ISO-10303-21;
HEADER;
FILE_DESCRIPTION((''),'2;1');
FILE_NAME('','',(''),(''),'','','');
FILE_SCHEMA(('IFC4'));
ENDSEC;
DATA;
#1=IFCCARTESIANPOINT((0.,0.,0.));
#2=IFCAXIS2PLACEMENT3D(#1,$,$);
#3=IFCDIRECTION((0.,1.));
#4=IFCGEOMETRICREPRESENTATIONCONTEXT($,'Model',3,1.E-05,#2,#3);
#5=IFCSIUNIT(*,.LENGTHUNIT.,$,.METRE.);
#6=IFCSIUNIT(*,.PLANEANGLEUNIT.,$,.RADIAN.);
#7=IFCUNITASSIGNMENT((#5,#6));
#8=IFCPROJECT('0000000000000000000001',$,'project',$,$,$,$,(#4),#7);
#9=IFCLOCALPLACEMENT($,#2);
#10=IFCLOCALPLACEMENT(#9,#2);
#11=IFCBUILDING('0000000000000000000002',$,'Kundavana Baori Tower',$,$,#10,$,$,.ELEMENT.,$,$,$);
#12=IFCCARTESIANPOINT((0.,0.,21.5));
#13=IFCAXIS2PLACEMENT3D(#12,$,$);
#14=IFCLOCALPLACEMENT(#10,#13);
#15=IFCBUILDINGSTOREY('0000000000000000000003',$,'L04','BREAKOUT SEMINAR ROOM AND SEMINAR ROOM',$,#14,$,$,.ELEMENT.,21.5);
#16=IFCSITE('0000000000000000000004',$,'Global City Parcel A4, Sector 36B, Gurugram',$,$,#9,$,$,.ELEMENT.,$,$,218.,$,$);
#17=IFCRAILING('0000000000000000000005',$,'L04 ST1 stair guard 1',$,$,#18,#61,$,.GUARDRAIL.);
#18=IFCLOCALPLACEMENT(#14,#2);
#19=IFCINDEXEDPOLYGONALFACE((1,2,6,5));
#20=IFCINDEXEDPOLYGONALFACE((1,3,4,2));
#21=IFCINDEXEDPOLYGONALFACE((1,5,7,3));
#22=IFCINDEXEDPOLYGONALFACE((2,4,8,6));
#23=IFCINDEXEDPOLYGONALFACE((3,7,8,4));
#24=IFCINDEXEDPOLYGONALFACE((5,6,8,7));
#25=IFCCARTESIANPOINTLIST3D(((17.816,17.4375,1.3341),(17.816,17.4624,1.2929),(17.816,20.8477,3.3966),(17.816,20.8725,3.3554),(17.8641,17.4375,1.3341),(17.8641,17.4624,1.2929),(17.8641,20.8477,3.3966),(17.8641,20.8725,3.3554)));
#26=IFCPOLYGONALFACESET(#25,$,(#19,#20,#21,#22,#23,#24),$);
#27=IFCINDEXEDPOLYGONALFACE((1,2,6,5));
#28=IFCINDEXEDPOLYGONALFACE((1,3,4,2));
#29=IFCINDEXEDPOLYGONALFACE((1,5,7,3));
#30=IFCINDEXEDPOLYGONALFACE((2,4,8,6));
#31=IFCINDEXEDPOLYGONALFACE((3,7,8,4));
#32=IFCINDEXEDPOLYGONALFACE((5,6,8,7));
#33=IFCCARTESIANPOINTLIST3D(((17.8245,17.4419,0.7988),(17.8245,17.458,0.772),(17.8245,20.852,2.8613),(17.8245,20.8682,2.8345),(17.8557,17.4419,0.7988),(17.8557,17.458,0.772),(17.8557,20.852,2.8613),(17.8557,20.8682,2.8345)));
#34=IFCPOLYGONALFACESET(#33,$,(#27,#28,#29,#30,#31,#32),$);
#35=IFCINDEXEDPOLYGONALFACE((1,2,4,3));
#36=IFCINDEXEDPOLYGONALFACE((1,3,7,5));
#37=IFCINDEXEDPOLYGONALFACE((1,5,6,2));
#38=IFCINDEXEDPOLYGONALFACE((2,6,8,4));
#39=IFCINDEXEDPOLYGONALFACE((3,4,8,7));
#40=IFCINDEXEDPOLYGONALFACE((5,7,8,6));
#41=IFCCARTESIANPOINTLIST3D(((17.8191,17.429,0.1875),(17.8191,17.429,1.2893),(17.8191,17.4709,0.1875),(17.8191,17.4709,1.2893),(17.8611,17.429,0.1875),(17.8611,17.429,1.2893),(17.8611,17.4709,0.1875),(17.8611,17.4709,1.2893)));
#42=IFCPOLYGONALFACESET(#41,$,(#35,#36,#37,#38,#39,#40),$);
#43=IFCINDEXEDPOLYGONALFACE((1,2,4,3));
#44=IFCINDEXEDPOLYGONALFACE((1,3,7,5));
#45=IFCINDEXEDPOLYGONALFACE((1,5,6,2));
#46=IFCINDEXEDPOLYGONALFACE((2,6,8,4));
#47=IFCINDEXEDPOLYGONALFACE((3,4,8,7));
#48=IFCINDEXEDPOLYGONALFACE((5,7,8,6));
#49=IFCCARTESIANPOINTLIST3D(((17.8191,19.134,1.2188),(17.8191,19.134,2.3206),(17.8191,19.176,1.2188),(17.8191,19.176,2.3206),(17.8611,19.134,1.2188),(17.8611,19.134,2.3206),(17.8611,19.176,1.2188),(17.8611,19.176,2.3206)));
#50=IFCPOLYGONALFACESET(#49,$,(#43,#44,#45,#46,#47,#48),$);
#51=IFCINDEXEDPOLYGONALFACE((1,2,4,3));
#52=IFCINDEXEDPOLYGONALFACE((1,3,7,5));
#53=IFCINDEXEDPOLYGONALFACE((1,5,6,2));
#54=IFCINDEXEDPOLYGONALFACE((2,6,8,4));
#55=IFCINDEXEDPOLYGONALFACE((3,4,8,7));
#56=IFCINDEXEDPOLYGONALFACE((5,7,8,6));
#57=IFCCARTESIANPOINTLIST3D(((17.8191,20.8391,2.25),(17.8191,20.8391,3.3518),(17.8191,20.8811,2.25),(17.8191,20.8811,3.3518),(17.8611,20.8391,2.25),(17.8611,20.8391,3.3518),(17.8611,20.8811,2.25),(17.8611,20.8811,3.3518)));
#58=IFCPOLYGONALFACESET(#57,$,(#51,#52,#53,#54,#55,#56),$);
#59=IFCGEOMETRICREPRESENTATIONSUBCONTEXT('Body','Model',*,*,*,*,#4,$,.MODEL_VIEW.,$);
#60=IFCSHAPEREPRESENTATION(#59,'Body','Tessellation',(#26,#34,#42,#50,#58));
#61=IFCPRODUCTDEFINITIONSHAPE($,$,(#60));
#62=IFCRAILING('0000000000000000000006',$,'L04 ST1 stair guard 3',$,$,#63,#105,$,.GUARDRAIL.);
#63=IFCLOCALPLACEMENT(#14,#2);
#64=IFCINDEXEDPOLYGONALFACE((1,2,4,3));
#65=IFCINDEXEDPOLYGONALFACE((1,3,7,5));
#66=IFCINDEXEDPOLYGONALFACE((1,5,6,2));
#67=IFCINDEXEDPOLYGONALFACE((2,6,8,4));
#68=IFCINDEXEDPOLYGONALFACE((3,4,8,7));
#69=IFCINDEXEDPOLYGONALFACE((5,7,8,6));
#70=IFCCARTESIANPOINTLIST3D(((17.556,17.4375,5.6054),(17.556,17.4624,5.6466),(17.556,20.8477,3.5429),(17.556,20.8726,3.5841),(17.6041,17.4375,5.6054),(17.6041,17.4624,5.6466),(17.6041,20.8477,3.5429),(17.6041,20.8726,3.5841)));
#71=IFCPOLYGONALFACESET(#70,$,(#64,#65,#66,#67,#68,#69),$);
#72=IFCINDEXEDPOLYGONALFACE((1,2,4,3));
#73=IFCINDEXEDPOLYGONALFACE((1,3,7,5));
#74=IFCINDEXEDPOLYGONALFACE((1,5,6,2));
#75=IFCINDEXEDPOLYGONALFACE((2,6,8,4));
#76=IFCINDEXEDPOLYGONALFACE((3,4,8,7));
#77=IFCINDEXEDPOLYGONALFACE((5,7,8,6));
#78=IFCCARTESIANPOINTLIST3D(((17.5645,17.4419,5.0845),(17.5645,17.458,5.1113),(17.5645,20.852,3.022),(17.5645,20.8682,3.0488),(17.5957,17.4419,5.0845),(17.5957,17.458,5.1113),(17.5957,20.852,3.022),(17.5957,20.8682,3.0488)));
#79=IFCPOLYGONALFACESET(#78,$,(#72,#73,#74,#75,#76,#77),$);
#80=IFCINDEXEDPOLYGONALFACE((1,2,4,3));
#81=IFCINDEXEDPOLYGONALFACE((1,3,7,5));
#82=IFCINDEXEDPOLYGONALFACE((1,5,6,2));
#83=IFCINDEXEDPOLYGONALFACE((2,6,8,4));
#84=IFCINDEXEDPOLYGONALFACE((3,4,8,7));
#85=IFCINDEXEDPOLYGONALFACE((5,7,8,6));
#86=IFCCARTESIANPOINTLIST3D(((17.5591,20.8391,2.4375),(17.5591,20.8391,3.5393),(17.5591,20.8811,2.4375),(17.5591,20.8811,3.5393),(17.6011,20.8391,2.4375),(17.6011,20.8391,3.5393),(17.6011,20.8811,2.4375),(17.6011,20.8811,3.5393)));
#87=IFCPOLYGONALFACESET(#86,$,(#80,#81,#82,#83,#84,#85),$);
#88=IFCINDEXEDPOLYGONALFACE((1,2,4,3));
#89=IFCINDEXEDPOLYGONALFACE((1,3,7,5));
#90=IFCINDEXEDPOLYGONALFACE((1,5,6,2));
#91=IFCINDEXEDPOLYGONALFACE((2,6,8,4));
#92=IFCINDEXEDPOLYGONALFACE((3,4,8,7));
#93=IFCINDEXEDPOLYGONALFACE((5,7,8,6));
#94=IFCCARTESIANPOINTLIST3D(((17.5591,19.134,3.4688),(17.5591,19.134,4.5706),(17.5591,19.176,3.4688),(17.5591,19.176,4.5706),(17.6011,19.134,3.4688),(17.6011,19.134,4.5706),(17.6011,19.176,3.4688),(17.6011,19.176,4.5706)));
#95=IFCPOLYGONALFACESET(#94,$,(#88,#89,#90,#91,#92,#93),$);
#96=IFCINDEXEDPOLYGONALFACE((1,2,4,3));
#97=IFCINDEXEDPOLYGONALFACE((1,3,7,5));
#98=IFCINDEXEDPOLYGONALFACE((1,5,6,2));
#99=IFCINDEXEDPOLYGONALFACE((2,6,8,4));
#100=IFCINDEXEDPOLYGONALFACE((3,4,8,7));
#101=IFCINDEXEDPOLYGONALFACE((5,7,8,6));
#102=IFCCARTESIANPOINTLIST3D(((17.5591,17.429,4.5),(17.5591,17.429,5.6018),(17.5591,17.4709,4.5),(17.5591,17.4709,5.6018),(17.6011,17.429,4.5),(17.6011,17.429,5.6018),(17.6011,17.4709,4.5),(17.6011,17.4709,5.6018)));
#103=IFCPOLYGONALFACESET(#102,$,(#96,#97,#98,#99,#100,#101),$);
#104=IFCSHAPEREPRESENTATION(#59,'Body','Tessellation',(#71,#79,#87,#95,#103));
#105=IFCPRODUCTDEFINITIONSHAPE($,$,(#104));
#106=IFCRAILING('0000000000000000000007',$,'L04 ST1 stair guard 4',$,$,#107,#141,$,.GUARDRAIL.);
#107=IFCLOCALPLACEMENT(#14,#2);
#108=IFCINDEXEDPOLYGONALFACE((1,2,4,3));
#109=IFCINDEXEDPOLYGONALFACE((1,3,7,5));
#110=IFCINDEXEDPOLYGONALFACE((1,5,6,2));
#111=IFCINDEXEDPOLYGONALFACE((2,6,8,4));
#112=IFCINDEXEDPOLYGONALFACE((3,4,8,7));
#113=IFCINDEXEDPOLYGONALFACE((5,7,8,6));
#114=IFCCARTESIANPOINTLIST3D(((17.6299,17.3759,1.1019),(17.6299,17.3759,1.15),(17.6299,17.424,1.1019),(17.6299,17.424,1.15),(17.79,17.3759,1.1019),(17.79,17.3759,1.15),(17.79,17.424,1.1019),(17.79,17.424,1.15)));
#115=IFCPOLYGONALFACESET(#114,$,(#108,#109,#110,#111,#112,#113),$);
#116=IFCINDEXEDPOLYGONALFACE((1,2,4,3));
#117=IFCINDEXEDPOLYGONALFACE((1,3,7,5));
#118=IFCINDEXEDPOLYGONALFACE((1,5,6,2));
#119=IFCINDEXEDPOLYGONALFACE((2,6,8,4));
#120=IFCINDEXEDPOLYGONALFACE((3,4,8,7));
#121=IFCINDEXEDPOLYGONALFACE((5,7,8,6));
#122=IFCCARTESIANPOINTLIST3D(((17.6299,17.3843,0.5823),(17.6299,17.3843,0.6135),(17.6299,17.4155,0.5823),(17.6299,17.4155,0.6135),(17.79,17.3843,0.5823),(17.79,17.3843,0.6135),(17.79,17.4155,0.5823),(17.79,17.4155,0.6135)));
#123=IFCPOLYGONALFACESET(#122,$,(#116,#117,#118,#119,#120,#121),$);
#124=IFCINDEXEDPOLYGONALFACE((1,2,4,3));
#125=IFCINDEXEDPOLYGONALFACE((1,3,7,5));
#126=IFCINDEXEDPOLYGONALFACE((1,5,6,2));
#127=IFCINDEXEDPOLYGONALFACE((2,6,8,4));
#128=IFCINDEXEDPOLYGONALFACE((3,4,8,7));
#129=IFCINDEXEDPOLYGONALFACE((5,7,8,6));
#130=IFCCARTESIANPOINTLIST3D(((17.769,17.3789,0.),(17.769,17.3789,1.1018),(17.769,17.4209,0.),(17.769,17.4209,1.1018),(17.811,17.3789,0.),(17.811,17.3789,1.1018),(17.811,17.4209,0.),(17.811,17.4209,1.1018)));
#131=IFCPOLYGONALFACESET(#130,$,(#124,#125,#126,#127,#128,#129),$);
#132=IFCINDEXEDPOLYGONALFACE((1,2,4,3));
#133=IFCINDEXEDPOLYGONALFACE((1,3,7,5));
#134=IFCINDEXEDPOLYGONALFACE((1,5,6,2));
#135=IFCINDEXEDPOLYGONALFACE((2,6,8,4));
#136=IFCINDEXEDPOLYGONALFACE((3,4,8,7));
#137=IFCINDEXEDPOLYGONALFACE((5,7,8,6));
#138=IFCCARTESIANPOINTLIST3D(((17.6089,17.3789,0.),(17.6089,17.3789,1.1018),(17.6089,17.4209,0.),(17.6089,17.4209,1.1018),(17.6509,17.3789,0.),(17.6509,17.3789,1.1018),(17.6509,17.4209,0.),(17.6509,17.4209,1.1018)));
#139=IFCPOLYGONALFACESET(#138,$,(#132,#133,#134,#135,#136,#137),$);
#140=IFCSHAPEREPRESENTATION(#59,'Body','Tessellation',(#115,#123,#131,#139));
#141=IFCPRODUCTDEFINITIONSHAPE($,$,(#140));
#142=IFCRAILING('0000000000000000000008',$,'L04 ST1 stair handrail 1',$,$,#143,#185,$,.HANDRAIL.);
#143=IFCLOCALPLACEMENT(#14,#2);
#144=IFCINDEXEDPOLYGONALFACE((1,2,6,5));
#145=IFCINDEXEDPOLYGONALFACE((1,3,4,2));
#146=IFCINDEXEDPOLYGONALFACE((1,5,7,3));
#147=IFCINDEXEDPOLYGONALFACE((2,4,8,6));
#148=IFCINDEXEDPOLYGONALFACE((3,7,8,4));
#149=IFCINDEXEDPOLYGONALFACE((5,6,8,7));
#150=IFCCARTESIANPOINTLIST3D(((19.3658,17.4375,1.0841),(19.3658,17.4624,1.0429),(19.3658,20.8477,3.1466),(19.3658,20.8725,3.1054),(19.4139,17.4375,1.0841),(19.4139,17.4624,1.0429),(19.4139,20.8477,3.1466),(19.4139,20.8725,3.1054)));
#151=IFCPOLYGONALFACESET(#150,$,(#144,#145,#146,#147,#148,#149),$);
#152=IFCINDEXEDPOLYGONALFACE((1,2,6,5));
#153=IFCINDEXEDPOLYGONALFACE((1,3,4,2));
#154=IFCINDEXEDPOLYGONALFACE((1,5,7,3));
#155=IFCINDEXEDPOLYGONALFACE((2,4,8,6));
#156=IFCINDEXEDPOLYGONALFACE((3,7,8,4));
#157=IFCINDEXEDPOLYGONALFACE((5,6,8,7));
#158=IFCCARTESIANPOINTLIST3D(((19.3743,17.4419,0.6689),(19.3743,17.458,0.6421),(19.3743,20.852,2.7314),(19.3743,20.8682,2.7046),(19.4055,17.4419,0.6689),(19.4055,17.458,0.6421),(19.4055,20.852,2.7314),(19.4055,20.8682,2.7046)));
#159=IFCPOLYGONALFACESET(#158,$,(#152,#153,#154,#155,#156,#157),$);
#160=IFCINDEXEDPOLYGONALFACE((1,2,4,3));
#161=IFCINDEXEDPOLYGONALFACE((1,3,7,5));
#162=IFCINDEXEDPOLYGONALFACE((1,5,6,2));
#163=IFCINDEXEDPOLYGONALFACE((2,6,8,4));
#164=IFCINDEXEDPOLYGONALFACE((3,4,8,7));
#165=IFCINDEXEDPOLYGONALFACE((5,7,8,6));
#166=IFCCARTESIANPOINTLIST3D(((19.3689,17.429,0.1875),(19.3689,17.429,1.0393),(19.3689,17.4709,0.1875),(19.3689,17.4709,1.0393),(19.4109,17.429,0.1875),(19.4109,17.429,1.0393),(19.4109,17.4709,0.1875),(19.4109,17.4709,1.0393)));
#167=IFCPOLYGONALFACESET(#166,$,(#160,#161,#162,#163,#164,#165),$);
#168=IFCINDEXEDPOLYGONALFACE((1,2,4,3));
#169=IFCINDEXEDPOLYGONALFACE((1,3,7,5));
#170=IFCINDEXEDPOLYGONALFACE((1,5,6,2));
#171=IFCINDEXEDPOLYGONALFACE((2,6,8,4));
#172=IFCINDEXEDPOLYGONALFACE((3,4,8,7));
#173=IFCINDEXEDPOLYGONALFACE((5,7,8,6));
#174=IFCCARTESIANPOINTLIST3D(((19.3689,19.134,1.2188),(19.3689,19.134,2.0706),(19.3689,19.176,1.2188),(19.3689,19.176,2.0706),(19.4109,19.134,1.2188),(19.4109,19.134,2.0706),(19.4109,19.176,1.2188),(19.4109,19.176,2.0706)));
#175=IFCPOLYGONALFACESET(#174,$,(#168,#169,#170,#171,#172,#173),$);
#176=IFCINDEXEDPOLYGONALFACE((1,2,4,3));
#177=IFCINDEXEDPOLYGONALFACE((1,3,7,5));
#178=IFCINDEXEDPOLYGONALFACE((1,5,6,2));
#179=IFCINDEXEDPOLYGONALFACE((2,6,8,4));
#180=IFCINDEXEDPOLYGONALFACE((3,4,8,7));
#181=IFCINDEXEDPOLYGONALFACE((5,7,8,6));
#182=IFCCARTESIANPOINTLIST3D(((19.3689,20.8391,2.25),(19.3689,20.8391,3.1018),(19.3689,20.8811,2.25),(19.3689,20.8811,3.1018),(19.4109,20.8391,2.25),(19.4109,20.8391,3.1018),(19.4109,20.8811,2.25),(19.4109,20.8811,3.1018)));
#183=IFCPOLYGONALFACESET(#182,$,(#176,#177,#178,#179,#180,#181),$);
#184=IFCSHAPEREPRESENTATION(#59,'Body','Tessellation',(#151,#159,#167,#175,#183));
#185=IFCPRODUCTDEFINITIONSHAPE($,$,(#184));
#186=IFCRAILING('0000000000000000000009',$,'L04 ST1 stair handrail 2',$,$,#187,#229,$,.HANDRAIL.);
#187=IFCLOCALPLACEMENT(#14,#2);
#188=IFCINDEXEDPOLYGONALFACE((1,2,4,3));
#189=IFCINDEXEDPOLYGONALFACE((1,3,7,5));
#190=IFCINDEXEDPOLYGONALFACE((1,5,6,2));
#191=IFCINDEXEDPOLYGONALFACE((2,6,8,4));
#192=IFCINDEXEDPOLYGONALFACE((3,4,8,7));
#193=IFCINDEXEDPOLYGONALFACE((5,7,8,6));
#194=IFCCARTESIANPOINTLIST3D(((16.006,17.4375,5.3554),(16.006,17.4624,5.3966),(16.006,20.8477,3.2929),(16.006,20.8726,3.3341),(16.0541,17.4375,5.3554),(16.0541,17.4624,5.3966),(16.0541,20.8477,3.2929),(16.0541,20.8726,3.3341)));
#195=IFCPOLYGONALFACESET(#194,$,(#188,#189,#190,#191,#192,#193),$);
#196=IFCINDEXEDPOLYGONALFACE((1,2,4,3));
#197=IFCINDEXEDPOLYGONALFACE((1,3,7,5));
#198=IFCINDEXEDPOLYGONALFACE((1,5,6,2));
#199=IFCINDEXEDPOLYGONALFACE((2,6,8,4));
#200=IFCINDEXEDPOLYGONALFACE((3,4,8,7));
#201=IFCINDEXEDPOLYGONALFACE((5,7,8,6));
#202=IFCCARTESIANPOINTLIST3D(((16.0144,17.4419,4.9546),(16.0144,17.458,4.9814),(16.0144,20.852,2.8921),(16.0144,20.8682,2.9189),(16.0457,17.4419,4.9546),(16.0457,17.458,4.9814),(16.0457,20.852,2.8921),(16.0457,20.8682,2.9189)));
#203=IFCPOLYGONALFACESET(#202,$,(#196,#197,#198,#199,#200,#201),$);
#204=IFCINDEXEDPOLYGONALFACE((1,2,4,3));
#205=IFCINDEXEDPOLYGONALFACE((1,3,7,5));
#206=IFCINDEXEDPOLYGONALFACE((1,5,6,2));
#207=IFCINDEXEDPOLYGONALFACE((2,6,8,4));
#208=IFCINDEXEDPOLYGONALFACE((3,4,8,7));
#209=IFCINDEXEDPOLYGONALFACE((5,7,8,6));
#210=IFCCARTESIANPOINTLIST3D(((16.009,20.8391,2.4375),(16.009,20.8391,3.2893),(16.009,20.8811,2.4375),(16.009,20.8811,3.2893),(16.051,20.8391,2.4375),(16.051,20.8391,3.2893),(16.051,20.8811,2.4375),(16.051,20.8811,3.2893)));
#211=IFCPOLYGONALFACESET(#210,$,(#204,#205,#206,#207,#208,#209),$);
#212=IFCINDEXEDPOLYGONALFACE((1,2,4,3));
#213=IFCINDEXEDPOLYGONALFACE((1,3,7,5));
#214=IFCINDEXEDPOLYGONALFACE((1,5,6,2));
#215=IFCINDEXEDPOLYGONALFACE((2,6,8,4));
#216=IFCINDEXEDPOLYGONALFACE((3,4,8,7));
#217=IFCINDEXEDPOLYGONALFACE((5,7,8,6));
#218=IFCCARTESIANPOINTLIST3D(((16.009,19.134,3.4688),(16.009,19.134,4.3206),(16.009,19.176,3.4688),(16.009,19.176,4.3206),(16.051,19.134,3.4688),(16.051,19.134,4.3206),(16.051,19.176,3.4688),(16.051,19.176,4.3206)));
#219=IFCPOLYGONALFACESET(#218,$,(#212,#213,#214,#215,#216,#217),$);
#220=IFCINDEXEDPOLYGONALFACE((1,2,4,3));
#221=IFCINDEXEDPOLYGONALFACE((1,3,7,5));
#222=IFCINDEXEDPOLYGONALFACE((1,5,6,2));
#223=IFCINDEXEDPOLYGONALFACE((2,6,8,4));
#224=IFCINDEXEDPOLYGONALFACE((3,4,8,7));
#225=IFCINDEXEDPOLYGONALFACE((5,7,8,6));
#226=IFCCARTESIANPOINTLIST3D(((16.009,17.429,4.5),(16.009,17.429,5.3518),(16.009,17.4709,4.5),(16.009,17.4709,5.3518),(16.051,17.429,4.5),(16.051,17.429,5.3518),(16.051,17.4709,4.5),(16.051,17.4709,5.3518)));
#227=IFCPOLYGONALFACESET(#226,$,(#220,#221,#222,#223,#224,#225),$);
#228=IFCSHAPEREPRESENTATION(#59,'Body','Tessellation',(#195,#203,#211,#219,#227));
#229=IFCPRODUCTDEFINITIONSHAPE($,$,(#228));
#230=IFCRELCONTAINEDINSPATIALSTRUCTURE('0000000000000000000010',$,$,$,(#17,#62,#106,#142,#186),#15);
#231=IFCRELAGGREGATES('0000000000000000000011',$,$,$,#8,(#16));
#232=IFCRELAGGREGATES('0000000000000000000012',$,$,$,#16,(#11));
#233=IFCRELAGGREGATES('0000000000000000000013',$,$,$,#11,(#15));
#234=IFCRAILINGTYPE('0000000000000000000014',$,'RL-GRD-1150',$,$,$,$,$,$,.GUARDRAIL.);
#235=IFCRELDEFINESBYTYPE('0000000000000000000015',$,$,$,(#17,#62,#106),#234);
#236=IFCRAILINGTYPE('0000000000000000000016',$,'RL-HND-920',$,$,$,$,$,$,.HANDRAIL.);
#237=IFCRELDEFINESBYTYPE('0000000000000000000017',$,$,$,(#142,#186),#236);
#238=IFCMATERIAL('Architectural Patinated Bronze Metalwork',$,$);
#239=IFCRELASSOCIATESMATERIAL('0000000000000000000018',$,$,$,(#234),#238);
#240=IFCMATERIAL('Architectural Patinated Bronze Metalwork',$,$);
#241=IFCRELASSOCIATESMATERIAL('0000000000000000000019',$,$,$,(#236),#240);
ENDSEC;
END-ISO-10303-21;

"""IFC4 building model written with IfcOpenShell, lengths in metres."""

from ifc_helpers import new_model, si_unit, direction, frame, origin, origin_2d, place, context, subcontext, project, spatial, rectangle, extrude, material, type_object, element, save


model = new_model("IFC4")

# Units and contexts
model_context = context("Model", 3, precision=1e-05, world=origin(), true_north=direction((0.0, 1.0)))
body_context = subcontext(model_context, "Body", "Model", "MODEL_VIEW")
ifc_project = project(units=[si_unit("LENGTHUNIT", "METRE"), si_unit("PLANEANGLEUNIT", "RADIAN")], contexts=[model_context])

# Site, building, storey
site_placement = place(None, origin())
site = spatial("IfcSite", under=ifc_project, at=site_placement, Name="Global City Parcel A4, Sector 36B, Gurugram", CompositionType="ELEMENT", RefElevation=218.0)
building_placement = place(site_placement, origin())
building = spatial("IfcBuilding", under=site, at=building_placement, Name="Kundavana Baori Tower", CompositionType="ELEMENT")
storey_placement = place(building_placement, frame((0.0, 0.0, 21.5)))
storey = spatial("IfcBuildingStorey", under=building, at=storey_placement, Name="L04", Description="BREAKOUT SEMINAR ROOM AND SEMINAR ROOM", CompositionType="ELEMENT", Elevation=21.5)

# Railings
ifc_material_1 = material(Name="Architectural Patinated Bronze Metalwork")
railing_type_1 = type_object("IfcRailingType", Name="RL-GRD-1150", PredefinedType="GUARDRAIL", material=ifc_material_1)
railing_1_placement = place(storey_placement, frame((17.8401, 17.45, 0.1875)))
element("IfcRailing", 1, at=railing_1_placement, inside=storey, type_object=railing_type_1, Name="L04 ST1 stair guard 1", PredefinedType="GUARDRAIL", context=body_context, shape_type="SweptSolid", body=[
    extrude(rectangle(XDim=0.0481, YDim=0.0481, at=origin_2d()), frame((0.0, 0.0, 1.126), z_axis=(0.0, 0.855671, 0.517519), x_axis=(-1.0, 0.0, 0.0)), (0.0, 0.0, 1.0), 3.9854),
    extrude(rectangle(XDim=0.0312, YDim=0.0312, at=origin_2d()), frame((0.0, 0.0, 0.5979), z_axis=(0.0, 0.855671, 0.517519), x_axis=(-1.0, 0.0, 0.0)), (0.0, 0.0, 1.0), 3.9854),
    extrude(rectangle(XDim=0.042, YDim=0.042, at=origin_2d()), origin(), (0.0, 0.0, 1.0), 1.1018),
    extrude(rectangle(XDim=0.042, YDim=0.042, at=origin_2d()), frame((0.0, 1.7051, 1.0312)), (0.0, 0.0, 1.0), 1.1018),
    extrude(rectangle(XDim=0.042, YDim=0.042, at=origin_2d()), frame((0.0, 3.4102, 2.0625)), (0.0, 0.0, 1.0), 1.1018),
])
railing_2_placement = place(storey_placement, frame((17.5801, 20.8601, 2.4375)))
element("IfcRailing", 2, at=railing_2_placement, inside=storey, type_object=railing_type_1, Name="L04 ST1 stair guard 3", PredefinedType="GUARDRAIL", context=body_context, shape_type="SweptSolid", body=[
    extrude(rectangle(XDim=0.0481, YDim=0.0481, at=origin_2d()), frame((0.0, 0.0, 1.126), z_axis=(0.0, -0.855671, 0.517519), x_axis=(1.0, 0.0, 0.0)), (0.0, 0.0, 1.0), 3.9854),
    extrude(rectangle(XDim=0.0312, YDim=0.0312, at=origin_2d()), frame((0.0, 0.0, 0.5979), z_axis=(0.0, -0.855671, 0.517519), x_axis=(1.0, 0.0, 0.0)), (0.0, 0.0, 1.0), 3.9854),
    extrude(rectangle(XDim=0.042, YDim=0.042, at=origin_2d()), origin(), (0.0, 0.0, 1.0), 1.1018),
    extrude(rectangle(XDim=0.042, YDim=0.042, at=origin_2d()), frame((0.0, -1.7051, 1.0312)), (0.0, 0.0, 1.0), 1.1018),
    extrude(rectangle(XDim=0.042, YDim=0.042, at=origin_2d()), frame((0.0, -3.4102, 2.0625)), (0.0, 0.0, 1.0), 1.1018),
])
railing_3_placement = place(storey_placement, frame((17.79, 17.3999, 0.0)))
element("IfcRailing", 3, at=railing_3_placement, inside=storey, type_object=railing_type_1, Name="L04 ST1 stair guard 4", PredefinedType="GUARDRAIL", context=body_context, shape_type="SweptSolid", body=[
    extrude(rectangle(XDim=0.0481, YDim=0.0481, at=origin_2d()), frame((0.0, 0.0, 1.126), z_axis=(-1.0, 0.0, 0.0), x_axis=(0.0, -1.0, 0.0)), (0.0, 0.0, 1.0), 0.1602),
    extrude(rectangle(XDim=0.0312, YDim=0.0312, at=origin_2d()), frame((0.0, 0.0, 0.5979), z_axis=(-1.0, 0.0, 0.0), x_axis=(0.0, -1.0, 0.0)), (0.0, 0.0, 1.0), 0.1602),
    extrude(rectangle(XDim=0.042, YDim=0.042, at=origin_2d()), origin(), (0.0, 0.0, 1.0), 1.1018),
    extrude(rectangle(XDim=0.042, YDim=0.042, at=origin_2d()), frame((-0.1602, 0.0, 0.0)), (0.0, 0.0, 1.0), 1.1018),
])
ifc_material_2 = material(Name="Architectural Patinated Bronze Metalwork")
railing_type_2 = type_object("IfcRailingType", Name="RL-HND-920", PredefinedType="HANDRAIL", material=ifc_material_2)
railing_4_placement = place(storey_placement, frame((19.3899, 17.45, 0.1875)))
element("IfcRailing", 4, at=railing_4_placement, inside=storey, type_object=railing_type_2, Name="L04 ST1 stair handrail 1", PredefinedType="HANDRAIL", context=body_context, shape_type="SweptSolid", body=[
    extrude(rectangle(XDim=0.0481, YDim=0.0481, at=origin_2d()), frame((0.0, 0.0, 0.876), z_axis=(0.0, 0.855671, 0.517519), x_axis=(-1.0, 0.0, 0.0)), (0.0, 0.0, 1.0), 3.9854),
    extrude(rectangle(XDim=0.0312, YDim=0.0312, at=origin_2d()), frame((0.0, 0.0, 0.468), z_axis=(0.0, 0.855671, 0.517519), x_axis=(-1.0, 0.0, 0.0)), (0.0, 0.0, 1.0), 3.9854),
    extrude(rectangle(XDim=0.042, YDim=0.042, at=origin_2d()), origin(), (0.0, 0.0, 1.0), 0.8518),
    extrude(rectangle(XDim=0.042, YDim=0.042, at=origin_2d()), frame((0.0, 1.7051, 1.0312)), (0.0, 0.0, 1.0), 0.8518),
    extrude(rectangle(XDim=0.042, YDim=0.042, at=origin_2d()), frame((0.0, 3.4102, 2.0625)), (0.0, 0.0, 1.0), 0.8518),
])
railing_5_placement = place(storey_placement, frame((16.03, 20.8601, 2.4375)))
element("IfcRailing", 5, at=railing_5_placement, inside=storey, type_object=railing_type_2, Name="L04 ST1 stair handrail 2", PredefinedType="HANDRAIL", context=body_context, shape_type="SweptSolid", body=[
    extrude(rectangle(XDim=0.0481, YDim=0.0481, at=origin_2d()), frame((0.0, 0.0, 0.876), z_axis=(0.0, -0.855671, 0.517519), x_axis=(1.0, 0.0, 0.0)), (0.0, 0.0, 1.0), 3.9854),
    extrude(rectangle(XDim=0.0312, YDim=0.0312, at=origin_2d()), frame((0.0, 0.0, 0.468), z_axis=(0.0, -0.855671, 0.517519), x_axis=(1.0, 0.0, 0.0)), (0.0, 0.0, 1.0), 3.9854),
    extrude(rectangle(XDim=0.042, YDim=0.042, at=origin_2d()), origin(), (0.0, 0.0, 1.0), 0.8518),
    extrude(rectangle(XDim=0.042, YDim=0.042, at=origin_2d()), frame((0.0, -1.7051, 1.0312)), (0.0, 0.0, 1.0), 0.8518),
    extrude(rectangle(XDim=0.042, YDim=0.042, at=origin_2d()), frame((0.0, -3.4102, 2.0625)), (0.0, 0.0, 1.0), 0.8518),
])

save(model, "model.ifc")
